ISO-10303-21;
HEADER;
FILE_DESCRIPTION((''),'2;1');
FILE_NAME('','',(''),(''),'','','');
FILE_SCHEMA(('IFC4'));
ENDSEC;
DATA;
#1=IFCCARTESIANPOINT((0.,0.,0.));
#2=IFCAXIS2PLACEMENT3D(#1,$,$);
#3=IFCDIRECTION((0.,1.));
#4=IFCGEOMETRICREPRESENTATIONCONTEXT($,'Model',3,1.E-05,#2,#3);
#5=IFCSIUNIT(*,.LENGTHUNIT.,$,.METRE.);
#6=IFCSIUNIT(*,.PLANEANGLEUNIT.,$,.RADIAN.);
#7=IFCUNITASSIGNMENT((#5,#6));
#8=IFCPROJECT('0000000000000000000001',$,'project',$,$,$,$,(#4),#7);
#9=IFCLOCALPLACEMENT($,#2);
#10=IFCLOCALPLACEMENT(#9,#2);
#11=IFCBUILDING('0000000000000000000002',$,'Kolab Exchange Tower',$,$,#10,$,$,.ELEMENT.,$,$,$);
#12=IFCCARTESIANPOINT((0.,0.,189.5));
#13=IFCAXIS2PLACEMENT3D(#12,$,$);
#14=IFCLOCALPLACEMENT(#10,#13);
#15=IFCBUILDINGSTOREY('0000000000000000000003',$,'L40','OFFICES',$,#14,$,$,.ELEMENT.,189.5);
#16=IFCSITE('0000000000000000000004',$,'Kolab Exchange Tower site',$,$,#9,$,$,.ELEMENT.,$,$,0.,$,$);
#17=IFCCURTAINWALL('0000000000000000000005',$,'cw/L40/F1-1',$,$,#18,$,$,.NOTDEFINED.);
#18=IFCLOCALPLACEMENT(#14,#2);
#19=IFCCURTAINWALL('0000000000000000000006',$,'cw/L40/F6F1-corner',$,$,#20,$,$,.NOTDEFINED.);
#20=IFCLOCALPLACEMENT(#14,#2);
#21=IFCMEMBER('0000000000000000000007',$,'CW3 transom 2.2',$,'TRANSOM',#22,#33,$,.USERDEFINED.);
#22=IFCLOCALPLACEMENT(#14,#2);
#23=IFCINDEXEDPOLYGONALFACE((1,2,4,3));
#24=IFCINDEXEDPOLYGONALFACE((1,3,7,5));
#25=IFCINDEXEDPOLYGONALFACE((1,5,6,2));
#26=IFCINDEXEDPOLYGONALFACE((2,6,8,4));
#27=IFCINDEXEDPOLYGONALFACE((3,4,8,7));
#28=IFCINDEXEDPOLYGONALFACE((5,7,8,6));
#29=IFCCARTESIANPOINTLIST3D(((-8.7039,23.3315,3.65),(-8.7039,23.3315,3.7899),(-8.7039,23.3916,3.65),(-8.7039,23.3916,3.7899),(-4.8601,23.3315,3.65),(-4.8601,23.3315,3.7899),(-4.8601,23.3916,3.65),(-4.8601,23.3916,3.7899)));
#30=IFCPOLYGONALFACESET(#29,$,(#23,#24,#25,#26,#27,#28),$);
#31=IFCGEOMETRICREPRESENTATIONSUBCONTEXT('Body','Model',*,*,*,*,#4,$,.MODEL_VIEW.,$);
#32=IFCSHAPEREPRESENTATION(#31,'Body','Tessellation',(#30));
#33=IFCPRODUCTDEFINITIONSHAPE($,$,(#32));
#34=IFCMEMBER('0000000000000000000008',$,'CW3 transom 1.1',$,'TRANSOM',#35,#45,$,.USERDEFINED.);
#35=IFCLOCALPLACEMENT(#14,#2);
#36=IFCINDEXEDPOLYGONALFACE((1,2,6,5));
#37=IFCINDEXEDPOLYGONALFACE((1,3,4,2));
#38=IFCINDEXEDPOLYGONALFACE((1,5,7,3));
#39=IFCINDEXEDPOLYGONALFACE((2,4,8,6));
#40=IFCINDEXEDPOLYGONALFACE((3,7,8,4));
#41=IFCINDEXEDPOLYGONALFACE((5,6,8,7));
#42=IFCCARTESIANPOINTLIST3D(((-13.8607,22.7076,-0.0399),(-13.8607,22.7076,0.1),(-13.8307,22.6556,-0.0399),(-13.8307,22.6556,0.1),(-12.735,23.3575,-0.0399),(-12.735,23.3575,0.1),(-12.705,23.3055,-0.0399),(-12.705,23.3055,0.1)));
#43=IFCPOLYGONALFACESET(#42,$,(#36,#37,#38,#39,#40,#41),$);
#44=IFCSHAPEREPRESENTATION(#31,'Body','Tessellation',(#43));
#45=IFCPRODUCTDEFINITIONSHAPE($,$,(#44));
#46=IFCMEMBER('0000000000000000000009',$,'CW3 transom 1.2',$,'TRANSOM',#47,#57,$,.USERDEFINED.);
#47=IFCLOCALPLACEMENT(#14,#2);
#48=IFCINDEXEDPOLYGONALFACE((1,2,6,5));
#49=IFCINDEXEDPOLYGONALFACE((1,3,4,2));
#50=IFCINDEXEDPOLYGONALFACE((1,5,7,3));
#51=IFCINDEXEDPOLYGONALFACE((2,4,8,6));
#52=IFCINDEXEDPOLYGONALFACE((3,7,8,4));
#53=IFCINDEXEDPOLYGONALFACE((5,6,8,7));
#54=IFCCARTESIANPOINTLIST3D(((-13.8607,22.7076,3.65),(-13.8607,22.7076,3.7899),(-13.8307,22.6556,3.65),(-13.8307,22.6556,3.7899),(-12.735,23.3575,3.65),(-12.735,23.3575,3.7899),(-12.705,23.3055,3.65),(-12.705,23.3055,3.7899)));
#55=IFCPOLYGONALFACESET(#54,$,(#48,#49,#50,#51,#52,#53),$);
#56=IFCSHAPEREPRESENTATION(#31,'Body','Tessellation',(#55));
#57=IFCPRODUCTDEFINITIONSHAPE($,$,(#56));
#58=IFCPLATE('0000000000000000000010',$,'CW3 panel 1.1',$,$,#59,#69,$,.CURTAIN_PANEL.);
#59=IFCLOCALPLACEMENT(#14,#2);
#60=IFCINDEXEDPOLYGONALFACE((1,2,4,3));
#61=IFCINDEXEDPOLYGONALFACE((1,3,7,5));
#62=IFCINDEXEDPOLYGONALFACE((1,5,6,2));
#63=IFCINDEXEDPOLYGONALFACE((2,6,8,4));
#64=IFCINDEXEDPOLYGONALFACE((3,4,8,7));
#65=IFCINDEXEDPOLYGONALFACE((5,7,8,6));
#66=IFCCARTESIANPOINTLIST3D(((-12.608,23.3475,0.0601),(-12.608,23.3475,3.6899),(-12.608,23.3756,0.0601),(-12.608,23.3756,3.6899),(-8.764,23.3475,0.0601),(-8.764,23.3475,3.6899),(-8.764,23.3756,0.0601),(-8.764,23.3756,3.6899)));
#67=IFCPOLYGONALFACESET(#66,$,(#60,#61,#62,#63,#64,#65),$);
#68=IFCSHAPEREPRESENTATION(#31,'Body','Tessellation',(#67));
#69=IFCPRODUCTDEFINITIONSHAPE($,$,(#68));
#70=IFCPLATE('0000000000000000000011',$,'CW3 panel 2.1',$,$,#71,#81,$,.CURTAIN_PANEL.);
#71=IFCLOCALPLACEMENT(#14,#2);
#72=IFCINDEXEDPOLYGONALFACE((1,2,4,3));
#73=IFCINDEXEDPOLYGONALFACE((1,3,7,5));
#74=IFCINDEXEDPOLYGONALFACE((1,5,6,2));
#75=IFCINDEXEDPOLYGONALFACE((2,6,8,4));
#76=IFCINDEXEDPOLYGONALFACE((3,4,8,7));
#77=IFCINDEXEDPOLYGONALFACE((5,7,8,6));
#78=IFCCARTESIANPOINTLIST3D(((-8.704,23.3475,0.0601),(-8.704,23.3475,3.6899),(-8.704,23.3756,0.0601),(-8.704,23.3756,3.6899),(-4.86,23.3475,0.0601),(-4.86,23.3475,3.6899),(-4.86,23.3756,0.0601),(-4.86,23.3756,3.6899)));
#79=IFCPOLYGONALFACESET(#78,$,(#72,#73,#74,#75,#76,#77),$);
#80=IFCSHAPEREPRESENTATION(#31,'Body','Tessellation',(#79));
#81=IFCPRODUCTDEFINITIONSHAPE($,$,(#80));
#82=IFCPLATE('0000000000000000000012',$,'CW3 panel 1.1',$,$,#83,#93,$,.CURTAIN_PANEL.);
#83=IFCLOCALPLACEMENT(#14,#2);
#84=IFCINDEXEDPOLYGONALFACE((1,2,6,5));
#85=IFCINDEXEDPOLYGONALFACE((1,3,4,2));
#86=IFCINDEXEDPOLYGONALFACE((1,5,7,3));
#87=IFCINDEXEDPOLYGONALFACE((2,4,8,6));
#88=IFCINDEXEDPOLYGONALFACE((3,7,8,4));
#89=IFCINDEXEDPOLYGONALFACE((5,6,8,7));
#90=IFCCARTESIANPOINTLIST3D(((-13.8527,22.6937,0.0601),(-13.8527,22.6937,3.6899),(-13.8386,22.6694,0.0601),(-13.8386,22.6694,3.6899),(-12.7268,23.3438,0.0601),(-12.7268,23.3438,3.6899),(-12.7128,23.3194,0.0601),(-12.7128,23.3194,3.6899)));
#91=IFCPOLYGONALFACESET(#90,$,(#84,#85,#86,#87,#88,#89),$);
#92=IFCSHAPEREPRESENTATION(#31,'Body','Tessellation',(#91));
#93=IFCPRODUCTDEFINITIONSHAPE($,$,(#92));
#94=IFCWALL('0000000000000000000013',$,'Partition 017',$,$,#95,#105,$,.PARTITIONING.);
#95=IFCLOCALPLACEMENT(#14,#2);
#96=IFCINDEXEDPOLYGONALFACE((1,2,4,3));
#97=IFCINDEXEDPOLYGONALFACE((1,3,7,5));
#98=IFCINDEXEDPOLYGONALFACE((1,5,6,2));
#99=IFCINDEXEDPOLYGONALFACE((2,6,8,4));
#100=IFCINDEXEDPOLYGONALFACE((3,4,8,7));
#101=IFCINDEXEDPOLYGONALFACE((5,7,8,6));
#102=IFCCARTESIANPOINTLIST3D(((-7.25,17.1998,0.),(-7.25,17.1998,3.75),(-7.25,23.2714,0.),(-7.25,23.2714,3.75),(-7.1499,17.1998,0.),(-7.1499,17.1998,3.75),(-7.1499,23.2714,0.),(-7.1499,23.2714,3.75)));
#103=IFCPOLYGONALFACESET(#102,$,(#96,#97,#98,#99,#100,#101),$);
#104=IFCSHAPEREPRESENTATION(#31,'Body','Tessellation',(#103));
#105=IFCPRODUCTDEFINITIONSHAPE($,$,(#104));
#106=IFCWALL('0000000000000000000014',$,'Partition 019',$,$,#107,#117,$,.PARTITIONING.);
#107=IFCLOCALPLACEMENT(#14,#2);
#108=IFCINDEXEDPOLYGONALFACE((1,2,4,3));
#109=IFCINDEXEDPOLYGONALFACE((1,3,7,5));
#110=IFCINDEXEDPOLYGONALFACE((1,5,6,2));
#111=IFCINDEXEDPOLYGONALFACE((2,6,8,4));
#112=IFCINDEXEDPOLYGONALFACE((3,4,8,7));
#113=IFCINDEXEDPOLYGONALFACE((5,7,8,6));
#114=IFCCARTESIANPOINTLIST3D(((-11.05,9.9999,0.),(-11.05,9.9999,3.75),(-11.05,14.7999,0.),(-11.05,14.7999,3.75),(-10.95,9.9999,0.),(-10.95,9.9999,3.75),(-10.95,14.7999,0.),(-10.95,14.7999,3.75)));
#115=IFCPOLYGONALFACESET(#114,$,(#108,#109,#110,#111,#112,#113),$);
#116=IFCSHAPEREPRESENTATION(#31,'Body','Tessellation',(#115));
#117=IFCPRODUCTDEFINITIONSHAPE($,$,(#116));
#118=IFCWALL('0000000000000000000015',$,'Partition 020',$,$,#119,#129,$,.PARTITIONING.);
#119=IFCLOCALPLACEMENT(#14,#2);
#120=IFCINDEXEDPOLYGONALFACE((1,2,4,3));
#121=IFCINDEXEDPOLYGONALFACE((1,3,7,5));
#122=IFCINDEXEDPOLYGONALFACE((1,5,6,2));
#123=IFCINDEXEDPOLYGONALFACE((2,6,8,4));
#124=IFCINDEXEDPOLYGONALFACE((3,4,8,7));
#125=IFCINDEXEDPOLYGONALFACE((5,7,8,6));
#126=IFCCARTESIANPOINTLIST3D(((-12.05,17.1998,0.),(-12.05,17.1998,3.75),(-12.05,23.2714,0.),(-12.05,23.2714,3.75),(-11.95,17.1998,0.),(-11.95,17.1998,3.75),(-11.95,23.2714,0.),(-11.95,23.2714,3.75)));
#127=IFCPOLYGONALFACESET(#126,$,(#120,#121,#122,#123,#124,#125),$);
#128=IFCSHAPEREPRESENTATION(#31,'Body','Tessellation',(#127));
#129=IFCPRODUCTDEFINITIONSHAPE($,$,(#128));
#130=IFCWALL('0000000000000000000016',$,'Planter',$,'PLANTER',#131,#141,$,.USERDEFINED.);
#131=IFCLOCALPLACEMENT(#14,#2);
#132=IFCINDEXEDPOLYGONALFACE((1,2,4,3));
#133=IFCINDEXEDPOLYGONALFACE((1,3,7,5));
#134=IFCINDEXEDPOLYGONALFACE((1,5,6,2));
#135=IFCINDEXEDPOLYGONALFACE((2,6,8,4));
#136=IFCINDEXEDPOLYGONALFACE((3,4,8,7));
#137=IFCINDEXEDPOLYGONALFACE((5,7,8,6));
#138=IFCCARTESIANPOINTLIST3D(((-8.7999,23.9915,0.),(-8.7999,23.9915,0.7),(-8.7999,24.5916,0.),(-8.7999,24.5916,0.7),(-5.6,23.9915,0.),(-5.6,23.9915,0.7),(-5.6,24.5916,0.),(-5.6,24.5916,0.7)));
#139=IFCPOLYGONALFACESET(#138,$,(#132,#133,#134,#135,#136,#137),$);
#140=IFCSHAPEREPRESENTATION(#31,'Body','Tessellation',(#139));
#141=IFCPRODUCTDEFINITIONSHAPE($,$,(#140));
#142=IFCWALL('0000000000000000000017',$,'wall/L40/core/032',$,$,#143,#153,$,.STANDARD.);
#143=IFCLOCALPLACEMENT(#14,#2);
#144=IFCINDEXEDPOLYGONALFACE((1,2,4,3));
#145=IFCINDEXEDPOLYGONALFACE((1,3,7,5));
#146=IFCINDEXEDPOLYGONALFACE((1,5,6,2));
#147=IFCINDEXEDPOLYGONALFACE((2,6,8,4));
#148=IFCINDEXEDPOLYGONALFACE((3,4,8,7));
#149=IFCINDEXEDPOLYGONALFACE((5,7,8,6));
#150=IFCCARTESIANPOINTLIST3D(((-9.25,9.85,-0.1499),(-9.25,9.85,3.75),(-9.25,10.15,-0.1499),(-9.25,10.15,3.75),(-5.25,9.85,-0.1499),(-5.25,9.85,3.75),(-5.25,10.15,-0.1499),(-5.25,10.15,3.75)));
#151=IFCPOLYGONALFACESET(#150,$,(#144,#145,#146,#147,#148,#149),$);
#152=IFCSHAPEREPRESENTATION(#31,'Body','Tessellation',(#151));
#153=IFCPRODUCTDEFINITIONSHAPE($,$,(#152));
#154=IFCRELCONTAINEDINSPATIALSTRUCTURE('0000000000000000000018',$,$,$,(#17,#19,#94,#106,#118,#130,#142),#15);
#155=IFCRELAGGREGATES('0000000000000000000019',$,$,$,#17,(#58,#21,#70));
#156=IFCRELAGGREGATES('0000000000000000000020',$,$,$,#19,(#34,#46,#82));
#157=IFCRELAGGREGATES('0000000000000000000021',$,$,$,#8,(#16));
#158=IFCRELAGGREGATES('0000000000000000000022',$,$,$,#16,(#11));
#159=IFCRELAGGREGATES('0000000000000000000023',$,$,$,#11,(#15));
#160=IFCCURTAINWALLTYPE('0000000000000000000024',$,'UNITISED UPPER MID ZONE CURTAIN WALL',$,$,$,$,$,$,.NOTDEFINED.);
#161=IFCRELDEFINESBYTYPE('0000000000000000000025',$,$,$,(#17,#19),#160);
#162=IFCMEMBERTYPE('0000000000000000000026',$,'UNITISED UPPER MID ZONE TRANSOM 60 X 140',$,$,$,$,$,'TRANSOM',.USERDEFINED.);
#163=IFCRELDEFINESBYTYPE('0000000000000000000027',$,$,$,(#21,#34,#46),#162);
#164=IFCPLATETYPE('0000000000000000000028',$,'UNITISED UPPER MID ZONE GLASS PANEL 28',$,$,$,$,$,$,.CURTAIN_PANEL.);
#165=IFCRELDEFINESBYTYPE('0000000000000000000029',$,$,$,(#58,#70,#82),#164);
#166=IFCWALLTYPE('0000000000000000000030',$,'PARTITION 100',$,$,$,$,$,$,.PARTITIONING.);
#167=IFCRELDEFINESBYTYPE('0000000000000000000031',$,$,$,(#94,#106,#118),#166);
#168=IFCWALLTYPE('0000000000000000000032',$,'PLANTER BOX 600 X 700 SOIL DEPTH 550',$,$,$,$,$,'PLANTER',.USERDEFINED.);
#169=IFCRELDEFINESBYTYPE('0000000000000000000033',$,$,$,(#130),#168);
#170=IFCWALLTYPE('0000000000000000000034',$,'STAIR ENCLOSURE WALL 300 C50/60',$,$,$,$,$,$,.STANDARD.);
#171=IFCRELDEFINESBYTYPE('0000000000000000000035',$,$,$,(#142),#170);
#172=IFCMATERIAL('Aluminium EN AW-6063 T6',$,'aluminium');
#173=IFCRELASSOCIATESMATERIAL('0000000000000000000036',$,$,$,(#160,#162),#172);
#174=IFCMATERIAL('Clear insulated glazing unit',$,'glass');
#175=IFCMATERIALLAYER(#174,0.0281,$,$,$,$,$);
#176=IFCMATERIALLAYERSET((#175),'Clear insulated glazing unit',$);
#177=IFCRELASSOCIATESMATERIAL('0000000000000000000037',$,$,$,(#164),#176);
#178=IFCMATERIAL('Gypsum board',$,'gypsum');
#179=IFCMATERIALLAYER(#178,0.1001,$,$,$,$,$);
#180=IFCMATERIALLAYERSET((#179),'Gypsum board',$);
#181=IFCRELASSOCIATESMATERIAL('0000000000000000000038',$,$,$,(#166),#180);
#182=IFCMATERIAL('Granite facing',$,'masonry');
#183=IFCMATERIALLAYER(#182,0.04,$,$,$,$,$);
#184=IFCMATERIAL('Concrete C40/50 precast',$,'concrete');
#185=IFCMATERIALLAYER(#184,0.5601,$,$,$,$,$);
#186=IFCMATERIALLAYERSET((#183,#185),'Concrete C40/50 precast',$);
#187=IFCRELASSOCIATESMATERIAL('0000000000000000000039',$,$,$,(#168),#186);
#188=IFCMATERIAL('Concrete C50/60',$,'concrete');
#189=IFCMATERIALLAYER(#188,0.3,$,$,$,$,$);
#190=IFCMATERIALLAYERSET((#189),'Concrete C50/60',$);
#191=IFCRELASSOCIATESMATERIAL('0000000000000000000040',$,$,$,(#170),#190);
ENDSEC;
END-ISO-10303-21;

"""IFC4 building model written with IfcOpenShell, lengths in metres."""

from ifc_helpers import new_model, si_unit, direction, frame, frame_2d, origin, origin_2d, place, context, subcontext, project, spatial, rectangle, extrude, material, layer, layer_set, material_profile, profile_set, type_object, element, aggregate, save


model = new_model("IFC4")

# Units and contexts
model_context = context("Model", 3, precision=1e-05, world=origin(), true_north=direction((0.0, 1.0)))
body_context = subcontext(model_context, "Body", "Model", "MODEL_VIEW")
ifc_project = project(units=[si_unit("LENGTHUNIT", "METRE"), si_unit("PLANEANGLEUNIT", "RADIAN")], contexts=[model_context])

# Site, building, storey
site_placement = place(None, origin())
site = spatial("IfcSite", under=ifc_project, at=site_placement, Name="Kolab Exchange Tower site", CompositionType="ELEMENT", RefElevation=0.0)
building_placement = place(site_placement, origin())
building = spatial("IfcBuilding", under=site, at=building_placement, Name="Kolab Exchange Tower", CompositionType="ELEMENT")
storey_placement = place(building_placement, frame((0.0, 0.0, 189.5)))
storey = spatial("IfcBuildingStorey", under=building, at=storey_placement, Name="L40", Description="OFFICES", CompositionType="ELEMENT", Elevation=189.5)

# Curtain wall
ifc_material_1 = material(Name="Aluminium EN AW-6063 T6", Category="aluminium")
curtain_wall_type = type_object("IfcCurtainWallType", Name="UNITISED UPPER MID ZONE CURTAIN WALL", PredefinedType="NOTDEFINED", material=ifc_material_1)
curtain_wall_1_placement = place(storey_placement, origin())
curtain_wall_1 = element("IfcCurtainWall", 1, at=curtain_wall_1_placement, inside=storey, type_object=curtain_wall_type, Name="cw/L40/F1-1", PredefinedType="NOTDEFINED")

# Curtain wall
curtain_wall_2_placement = place(storey_placement, origin())
curtain_wall_2 = element("IfcCurtainWall", 2, at=curtain_wall_2_placement, inside=storey, type_object=curtain_wall_type, Name="cw/L40/F6F1-corner", PredefinedType="NOTDEFINED")

# Members
ifc_material_profile_1 = material_profile(ifc_material_1, rectangle(XDim=0.0601, YDim=0.1399, at=origin_2d()), Name="RECT 60X140")
ifc_profile_set_1 = profile_set([ifc_material_profile_1], Name="Aluminium EN AW-6063 T6")
member_type_1 = type_object("IfcMemberType", Name="UNITISED UPPER MID ZONE TRANSOM 60 X 140", ElementType="TRANSOM", PredefinedType="USERDEFINED", material=ifc_profile_set_1)
member_1_placement = place(storey_placement, frame((-8.7039, 23.3616, 3.72), z_axis=(1.0, 0.0, 0.0), x_axis=(0.0, 1.0, 0.0)))
member_1 = element("IfcMember", 3, at=member_1_placement, type_object=member_type_1, Name="CW3 transom 2.2", ObjectType="TRANSOM", PredefinedType="USERDEFINED", context=body_context, shape_type="SweptSolid", body=[
    extrude(rectangle(XDim=0.0601, YDim=0.1399, at=origin_2d()), origin(), (0.0, 0.0, 1.0), 3.8438),
])
member_2_placement = place(storey_placement, frame((-13.8457, 22.6816, 0.03), z_axis=(0.866039, 0.499977, 0.0), x_axis=(-0.499977, 0.866039, 0.0)))
member_2 = element("IfcMember", 4, at=member_2_placement, type_object=member_type_1, Name="CW3 transom 1.1", ObjectType="TRANSOM", PredefinedType="USERDEFINED", context=body_context, shape_type="SweptSolid", body=[
    extrude(rectangle(XDim=0.0601, YDim=0.1399, at=origin_2d()), origin(), (0.0, 0.0, 1.0), 1.2998),
])
member_3_placement = place(storey_placement, frame((-13.8457, 22.6816, 3.72), z_axis=(0.866039, 0.499977, 0.0), x_axis=(-0.499977, 0.866039, 0.0)))
member_3 = element("IfcMember", 5, at=member_3_placement, type_object=member_type_1, Name="CW3 transom 1.2", ObjectType="TRANSOM", PredefinedType="USERDEFINED", context=body_context, shape_type="SweptSolid", body=[
    extrude(rectangle(XDim=0.0601, YDim=0.1399, at=origin_2d()), origin(), (0.0, 0.0, 1.0), 1.2998),
])

# Plates
ifc_material_2 = material(Name="Clear insulated glazing unit", Category="glass")
ifc_layer_1 = layer(ifc_material_2, 0.0281)
ifc_layer_set_1 = layer_set([ifc_layer_1], Name="Clear insulated glazing unit")
plate_type = type_object("IfcPlateType", Name="UNITISED UPPER MID ZONE GLASS PANEL 28", PredefinedType="CURTAIN_PANEL", material=ifc_layer_set_1)
plate_1_placement = place(storey_placement, frame((-10.686, 23.3616, 0.0601), z_axis=(0.0, 0.0, 1.0), x_axis=(1.0, 0.0, 0.0)))
plate_1 = element("IfcPlate", 6, at=plate_1_placement, type_object=plate_type, Name="CW3 panel 1.1", PredefinedType="CURTAIN_PANEL", context=body_context, shape_type="SweptSolid", body=[
    extrude(rectangle(XDim=3.844, YDim=0.0281, at=origin_2d()), origin(), (0.0, 0.0, 1.0), 3.6299),
])
plate_2_placement = place(storey_placement, frame((-6.782, 23.3616, 0.0601), z_axis=(0.0, 0.0, 1.0), x_axis=(1.0, 0.0, 0.0)))
plate_2 = element("IfcPlate", 7, at=plate_2_placement, type_object=plate_type, Name="CW3 panel 2.1", PredefinedType="CURTAIN_PANEL", context=body_context, shape_type="SweptSolid", body=[
    extrude(rectangle(XDim=3.844, YDim=0.0281, at=origin_2d()), origin(), (0.0, 0.0, 1.0), 3.6299),
])
aggregate(curtain_wall_1, [plate_1, member_1, plate_2])
plate_3_placement = place(storey_placement, frame((-13.2827, 23.0066, 0.0601), z_axis=(0.0, 0.0, 1.0), x_axis=(0.866025, 0.5, 0.0)))
plate_3 = element("IfcPlate", 8, at=plate_3_placement, type_object=plate_type, Name="CW3 panel 1.1", PredefinedType="CURTAIN_PANEL", context=body_context, shape_type="SweptSolid", body=[
    extrude(rectangle(XDim=1.3, YDim=0.0281, at=origin_2d()), origin(), (0.0, 0.0, 1.0), 3.6299),
])
aggregate(curtain_wall_2, [member_2, member_3, plate_3])

# Walls
ifc_material_3 = material(Name="Gypsum board", Category="gypsum")
ifc_layer_2 = layer(ifc_material_3, 0.1001)
ifc_layer_set_2 = layer_set([ifc_layer_2], Name="Gypsum board")
wall_type_1 = type_object("IfcWallType", Name="PARTITION 100", PredefinedType="PARTITIONING", material=ifc_layer_set_2)
wall_1_placement = place(storey_placement, frame((-7.2, 17.2, 0.0), z_axis=(0.0, 0.0, 1.0), x_axis=(0.0, 1.0, 0.0)))
element("IfcWall", 9, at=wall_1_placement, inside=storey, type_object=wall_type_1, Name="Partition 017", PredefinedType="PARTITIONING", context=body_context, shape_type="SweptSolid", body=[
    extrude(rectangle(XDim=6.0715, YDim=0.1001, at=frame_2d((3.0356, 0.0))), origin(), (0.0, 0.0, 1.0), 3.75),
])
wall_2_placement = place(storey_placement, frame((-11.0, 10.0, 0.0), z_axis=(0.0, 0.0, 1.0), x_axis=(0.0, 1.0, 0.0)))
element("IfcWall", 10, at=wall_2_placement, inside=storey, type_object=wall_type_1, Name="Partition 019", PredefinedType="PARTITIONING", context=body_context, shape_type="SweptSolid", body=[
    extrude(rectangle(XDim=4.8, YDim=0.1001, at=frame_2d((2.3999, 0.0))), origin(), (0.0, 0.0, 1.0), 3.75),
])
wall_3_placement = place(storey_placement, frame((-12.0, 17.2, 0.0), z_axis=(0.0, 0.0, 1.0), x_axis=(0.0, 1.0, 0.0)))
element("IfcWall", 11, at=wall_3_placement, inside=storey, type_object=wall_type_1, Name="Partition 020", PredefinedType="PARTITIONING", context=body_context, shape_type="SweptSolid", body=[
    extrude(rectangle(XDim=6.0715, YDim=0.1001, at=frame_2d((3.0356, 0.0))), origin(), (0.0, 0.0, 1.0), 3.75),
])
ifc_material_4 = material(Name="Granite facing", Category="masonry")
ifc_layer_3 = layer(ifc_material_4, 0.04)
ifc_material_5 = material(Name="Concrete C40/50 precast", Category="concrete")
ifc_layer_4 = layer(ifc_material_5, 0.5601)
ifc_layer_set_3 = layer_set([ifc_layer_3, ifc_layer_4], Name="Concrete C40/50 precast")
wall_type_2 = type_object("IfcWallType", Name="PLANTER BOX 600 X 700 SOIL DEPTH 550", ElementType="PLANTER", PredefinedType="USERDEFINED", material=ifc_layer_set_3)
wall_4_placement = place(storey_placement, frame((-8.8, 24.2915, 0.0), z_axis=(0.0, 0.0, 1.0), x_axis=(1.0, 0.0, 0.0)))
element("IfcWall", 12, at=wall_4_placement, inside=storey, type_object=wall_type_2, Name="Planter", ObjectType="PLANTER", PredefinedType="USERDEFINED", context=body_context, shape_type="SweptSolid", body=[
    extrude(rectangle(XDim=3.2, YDim=0.6001, at=frame_2d((1.6001, 0.0))), origin(), (0.0, 0.0, 1.0), 0.7),
])
ifc_material_6 = material(Name="Concrete C50/60", Category="concrete")
ifc_layer_5 = layer(ifc_material_6, 0.3)
ifc_layer_set_4 = layer_set([ifc_layer_5], Name="Concrete C50/60")
wall_type_3 = type_object("IfcWallType", Name="STAIR ENCLOSURE WALL 300 C50/60", PredefinedType="STANDARD", material=ifc_layer_set_4)
wall_5_placement = place(storey_placement, frame((-9.25, 10.0, -0.1499), z_axis=(0.0, 0.0, 1.0), x_axis=(1.0, 0.0, 0.0)))
element("IfcWall", 13, at=wall_5_placement, inside=storey, type_object=wall_type_3, Name="wall/L40/core/032", PredefinedType="STANDARD", context=body_context, shape_type="SweptSolid", body=[
    extrude(rectangle(XDim=4.0, YDim=0.3, at=frame_2d((2.0, 0.0))), origin(), (0.0, 0.0, 1.0), 3.8999),
])

save(model, "model.ifc")
